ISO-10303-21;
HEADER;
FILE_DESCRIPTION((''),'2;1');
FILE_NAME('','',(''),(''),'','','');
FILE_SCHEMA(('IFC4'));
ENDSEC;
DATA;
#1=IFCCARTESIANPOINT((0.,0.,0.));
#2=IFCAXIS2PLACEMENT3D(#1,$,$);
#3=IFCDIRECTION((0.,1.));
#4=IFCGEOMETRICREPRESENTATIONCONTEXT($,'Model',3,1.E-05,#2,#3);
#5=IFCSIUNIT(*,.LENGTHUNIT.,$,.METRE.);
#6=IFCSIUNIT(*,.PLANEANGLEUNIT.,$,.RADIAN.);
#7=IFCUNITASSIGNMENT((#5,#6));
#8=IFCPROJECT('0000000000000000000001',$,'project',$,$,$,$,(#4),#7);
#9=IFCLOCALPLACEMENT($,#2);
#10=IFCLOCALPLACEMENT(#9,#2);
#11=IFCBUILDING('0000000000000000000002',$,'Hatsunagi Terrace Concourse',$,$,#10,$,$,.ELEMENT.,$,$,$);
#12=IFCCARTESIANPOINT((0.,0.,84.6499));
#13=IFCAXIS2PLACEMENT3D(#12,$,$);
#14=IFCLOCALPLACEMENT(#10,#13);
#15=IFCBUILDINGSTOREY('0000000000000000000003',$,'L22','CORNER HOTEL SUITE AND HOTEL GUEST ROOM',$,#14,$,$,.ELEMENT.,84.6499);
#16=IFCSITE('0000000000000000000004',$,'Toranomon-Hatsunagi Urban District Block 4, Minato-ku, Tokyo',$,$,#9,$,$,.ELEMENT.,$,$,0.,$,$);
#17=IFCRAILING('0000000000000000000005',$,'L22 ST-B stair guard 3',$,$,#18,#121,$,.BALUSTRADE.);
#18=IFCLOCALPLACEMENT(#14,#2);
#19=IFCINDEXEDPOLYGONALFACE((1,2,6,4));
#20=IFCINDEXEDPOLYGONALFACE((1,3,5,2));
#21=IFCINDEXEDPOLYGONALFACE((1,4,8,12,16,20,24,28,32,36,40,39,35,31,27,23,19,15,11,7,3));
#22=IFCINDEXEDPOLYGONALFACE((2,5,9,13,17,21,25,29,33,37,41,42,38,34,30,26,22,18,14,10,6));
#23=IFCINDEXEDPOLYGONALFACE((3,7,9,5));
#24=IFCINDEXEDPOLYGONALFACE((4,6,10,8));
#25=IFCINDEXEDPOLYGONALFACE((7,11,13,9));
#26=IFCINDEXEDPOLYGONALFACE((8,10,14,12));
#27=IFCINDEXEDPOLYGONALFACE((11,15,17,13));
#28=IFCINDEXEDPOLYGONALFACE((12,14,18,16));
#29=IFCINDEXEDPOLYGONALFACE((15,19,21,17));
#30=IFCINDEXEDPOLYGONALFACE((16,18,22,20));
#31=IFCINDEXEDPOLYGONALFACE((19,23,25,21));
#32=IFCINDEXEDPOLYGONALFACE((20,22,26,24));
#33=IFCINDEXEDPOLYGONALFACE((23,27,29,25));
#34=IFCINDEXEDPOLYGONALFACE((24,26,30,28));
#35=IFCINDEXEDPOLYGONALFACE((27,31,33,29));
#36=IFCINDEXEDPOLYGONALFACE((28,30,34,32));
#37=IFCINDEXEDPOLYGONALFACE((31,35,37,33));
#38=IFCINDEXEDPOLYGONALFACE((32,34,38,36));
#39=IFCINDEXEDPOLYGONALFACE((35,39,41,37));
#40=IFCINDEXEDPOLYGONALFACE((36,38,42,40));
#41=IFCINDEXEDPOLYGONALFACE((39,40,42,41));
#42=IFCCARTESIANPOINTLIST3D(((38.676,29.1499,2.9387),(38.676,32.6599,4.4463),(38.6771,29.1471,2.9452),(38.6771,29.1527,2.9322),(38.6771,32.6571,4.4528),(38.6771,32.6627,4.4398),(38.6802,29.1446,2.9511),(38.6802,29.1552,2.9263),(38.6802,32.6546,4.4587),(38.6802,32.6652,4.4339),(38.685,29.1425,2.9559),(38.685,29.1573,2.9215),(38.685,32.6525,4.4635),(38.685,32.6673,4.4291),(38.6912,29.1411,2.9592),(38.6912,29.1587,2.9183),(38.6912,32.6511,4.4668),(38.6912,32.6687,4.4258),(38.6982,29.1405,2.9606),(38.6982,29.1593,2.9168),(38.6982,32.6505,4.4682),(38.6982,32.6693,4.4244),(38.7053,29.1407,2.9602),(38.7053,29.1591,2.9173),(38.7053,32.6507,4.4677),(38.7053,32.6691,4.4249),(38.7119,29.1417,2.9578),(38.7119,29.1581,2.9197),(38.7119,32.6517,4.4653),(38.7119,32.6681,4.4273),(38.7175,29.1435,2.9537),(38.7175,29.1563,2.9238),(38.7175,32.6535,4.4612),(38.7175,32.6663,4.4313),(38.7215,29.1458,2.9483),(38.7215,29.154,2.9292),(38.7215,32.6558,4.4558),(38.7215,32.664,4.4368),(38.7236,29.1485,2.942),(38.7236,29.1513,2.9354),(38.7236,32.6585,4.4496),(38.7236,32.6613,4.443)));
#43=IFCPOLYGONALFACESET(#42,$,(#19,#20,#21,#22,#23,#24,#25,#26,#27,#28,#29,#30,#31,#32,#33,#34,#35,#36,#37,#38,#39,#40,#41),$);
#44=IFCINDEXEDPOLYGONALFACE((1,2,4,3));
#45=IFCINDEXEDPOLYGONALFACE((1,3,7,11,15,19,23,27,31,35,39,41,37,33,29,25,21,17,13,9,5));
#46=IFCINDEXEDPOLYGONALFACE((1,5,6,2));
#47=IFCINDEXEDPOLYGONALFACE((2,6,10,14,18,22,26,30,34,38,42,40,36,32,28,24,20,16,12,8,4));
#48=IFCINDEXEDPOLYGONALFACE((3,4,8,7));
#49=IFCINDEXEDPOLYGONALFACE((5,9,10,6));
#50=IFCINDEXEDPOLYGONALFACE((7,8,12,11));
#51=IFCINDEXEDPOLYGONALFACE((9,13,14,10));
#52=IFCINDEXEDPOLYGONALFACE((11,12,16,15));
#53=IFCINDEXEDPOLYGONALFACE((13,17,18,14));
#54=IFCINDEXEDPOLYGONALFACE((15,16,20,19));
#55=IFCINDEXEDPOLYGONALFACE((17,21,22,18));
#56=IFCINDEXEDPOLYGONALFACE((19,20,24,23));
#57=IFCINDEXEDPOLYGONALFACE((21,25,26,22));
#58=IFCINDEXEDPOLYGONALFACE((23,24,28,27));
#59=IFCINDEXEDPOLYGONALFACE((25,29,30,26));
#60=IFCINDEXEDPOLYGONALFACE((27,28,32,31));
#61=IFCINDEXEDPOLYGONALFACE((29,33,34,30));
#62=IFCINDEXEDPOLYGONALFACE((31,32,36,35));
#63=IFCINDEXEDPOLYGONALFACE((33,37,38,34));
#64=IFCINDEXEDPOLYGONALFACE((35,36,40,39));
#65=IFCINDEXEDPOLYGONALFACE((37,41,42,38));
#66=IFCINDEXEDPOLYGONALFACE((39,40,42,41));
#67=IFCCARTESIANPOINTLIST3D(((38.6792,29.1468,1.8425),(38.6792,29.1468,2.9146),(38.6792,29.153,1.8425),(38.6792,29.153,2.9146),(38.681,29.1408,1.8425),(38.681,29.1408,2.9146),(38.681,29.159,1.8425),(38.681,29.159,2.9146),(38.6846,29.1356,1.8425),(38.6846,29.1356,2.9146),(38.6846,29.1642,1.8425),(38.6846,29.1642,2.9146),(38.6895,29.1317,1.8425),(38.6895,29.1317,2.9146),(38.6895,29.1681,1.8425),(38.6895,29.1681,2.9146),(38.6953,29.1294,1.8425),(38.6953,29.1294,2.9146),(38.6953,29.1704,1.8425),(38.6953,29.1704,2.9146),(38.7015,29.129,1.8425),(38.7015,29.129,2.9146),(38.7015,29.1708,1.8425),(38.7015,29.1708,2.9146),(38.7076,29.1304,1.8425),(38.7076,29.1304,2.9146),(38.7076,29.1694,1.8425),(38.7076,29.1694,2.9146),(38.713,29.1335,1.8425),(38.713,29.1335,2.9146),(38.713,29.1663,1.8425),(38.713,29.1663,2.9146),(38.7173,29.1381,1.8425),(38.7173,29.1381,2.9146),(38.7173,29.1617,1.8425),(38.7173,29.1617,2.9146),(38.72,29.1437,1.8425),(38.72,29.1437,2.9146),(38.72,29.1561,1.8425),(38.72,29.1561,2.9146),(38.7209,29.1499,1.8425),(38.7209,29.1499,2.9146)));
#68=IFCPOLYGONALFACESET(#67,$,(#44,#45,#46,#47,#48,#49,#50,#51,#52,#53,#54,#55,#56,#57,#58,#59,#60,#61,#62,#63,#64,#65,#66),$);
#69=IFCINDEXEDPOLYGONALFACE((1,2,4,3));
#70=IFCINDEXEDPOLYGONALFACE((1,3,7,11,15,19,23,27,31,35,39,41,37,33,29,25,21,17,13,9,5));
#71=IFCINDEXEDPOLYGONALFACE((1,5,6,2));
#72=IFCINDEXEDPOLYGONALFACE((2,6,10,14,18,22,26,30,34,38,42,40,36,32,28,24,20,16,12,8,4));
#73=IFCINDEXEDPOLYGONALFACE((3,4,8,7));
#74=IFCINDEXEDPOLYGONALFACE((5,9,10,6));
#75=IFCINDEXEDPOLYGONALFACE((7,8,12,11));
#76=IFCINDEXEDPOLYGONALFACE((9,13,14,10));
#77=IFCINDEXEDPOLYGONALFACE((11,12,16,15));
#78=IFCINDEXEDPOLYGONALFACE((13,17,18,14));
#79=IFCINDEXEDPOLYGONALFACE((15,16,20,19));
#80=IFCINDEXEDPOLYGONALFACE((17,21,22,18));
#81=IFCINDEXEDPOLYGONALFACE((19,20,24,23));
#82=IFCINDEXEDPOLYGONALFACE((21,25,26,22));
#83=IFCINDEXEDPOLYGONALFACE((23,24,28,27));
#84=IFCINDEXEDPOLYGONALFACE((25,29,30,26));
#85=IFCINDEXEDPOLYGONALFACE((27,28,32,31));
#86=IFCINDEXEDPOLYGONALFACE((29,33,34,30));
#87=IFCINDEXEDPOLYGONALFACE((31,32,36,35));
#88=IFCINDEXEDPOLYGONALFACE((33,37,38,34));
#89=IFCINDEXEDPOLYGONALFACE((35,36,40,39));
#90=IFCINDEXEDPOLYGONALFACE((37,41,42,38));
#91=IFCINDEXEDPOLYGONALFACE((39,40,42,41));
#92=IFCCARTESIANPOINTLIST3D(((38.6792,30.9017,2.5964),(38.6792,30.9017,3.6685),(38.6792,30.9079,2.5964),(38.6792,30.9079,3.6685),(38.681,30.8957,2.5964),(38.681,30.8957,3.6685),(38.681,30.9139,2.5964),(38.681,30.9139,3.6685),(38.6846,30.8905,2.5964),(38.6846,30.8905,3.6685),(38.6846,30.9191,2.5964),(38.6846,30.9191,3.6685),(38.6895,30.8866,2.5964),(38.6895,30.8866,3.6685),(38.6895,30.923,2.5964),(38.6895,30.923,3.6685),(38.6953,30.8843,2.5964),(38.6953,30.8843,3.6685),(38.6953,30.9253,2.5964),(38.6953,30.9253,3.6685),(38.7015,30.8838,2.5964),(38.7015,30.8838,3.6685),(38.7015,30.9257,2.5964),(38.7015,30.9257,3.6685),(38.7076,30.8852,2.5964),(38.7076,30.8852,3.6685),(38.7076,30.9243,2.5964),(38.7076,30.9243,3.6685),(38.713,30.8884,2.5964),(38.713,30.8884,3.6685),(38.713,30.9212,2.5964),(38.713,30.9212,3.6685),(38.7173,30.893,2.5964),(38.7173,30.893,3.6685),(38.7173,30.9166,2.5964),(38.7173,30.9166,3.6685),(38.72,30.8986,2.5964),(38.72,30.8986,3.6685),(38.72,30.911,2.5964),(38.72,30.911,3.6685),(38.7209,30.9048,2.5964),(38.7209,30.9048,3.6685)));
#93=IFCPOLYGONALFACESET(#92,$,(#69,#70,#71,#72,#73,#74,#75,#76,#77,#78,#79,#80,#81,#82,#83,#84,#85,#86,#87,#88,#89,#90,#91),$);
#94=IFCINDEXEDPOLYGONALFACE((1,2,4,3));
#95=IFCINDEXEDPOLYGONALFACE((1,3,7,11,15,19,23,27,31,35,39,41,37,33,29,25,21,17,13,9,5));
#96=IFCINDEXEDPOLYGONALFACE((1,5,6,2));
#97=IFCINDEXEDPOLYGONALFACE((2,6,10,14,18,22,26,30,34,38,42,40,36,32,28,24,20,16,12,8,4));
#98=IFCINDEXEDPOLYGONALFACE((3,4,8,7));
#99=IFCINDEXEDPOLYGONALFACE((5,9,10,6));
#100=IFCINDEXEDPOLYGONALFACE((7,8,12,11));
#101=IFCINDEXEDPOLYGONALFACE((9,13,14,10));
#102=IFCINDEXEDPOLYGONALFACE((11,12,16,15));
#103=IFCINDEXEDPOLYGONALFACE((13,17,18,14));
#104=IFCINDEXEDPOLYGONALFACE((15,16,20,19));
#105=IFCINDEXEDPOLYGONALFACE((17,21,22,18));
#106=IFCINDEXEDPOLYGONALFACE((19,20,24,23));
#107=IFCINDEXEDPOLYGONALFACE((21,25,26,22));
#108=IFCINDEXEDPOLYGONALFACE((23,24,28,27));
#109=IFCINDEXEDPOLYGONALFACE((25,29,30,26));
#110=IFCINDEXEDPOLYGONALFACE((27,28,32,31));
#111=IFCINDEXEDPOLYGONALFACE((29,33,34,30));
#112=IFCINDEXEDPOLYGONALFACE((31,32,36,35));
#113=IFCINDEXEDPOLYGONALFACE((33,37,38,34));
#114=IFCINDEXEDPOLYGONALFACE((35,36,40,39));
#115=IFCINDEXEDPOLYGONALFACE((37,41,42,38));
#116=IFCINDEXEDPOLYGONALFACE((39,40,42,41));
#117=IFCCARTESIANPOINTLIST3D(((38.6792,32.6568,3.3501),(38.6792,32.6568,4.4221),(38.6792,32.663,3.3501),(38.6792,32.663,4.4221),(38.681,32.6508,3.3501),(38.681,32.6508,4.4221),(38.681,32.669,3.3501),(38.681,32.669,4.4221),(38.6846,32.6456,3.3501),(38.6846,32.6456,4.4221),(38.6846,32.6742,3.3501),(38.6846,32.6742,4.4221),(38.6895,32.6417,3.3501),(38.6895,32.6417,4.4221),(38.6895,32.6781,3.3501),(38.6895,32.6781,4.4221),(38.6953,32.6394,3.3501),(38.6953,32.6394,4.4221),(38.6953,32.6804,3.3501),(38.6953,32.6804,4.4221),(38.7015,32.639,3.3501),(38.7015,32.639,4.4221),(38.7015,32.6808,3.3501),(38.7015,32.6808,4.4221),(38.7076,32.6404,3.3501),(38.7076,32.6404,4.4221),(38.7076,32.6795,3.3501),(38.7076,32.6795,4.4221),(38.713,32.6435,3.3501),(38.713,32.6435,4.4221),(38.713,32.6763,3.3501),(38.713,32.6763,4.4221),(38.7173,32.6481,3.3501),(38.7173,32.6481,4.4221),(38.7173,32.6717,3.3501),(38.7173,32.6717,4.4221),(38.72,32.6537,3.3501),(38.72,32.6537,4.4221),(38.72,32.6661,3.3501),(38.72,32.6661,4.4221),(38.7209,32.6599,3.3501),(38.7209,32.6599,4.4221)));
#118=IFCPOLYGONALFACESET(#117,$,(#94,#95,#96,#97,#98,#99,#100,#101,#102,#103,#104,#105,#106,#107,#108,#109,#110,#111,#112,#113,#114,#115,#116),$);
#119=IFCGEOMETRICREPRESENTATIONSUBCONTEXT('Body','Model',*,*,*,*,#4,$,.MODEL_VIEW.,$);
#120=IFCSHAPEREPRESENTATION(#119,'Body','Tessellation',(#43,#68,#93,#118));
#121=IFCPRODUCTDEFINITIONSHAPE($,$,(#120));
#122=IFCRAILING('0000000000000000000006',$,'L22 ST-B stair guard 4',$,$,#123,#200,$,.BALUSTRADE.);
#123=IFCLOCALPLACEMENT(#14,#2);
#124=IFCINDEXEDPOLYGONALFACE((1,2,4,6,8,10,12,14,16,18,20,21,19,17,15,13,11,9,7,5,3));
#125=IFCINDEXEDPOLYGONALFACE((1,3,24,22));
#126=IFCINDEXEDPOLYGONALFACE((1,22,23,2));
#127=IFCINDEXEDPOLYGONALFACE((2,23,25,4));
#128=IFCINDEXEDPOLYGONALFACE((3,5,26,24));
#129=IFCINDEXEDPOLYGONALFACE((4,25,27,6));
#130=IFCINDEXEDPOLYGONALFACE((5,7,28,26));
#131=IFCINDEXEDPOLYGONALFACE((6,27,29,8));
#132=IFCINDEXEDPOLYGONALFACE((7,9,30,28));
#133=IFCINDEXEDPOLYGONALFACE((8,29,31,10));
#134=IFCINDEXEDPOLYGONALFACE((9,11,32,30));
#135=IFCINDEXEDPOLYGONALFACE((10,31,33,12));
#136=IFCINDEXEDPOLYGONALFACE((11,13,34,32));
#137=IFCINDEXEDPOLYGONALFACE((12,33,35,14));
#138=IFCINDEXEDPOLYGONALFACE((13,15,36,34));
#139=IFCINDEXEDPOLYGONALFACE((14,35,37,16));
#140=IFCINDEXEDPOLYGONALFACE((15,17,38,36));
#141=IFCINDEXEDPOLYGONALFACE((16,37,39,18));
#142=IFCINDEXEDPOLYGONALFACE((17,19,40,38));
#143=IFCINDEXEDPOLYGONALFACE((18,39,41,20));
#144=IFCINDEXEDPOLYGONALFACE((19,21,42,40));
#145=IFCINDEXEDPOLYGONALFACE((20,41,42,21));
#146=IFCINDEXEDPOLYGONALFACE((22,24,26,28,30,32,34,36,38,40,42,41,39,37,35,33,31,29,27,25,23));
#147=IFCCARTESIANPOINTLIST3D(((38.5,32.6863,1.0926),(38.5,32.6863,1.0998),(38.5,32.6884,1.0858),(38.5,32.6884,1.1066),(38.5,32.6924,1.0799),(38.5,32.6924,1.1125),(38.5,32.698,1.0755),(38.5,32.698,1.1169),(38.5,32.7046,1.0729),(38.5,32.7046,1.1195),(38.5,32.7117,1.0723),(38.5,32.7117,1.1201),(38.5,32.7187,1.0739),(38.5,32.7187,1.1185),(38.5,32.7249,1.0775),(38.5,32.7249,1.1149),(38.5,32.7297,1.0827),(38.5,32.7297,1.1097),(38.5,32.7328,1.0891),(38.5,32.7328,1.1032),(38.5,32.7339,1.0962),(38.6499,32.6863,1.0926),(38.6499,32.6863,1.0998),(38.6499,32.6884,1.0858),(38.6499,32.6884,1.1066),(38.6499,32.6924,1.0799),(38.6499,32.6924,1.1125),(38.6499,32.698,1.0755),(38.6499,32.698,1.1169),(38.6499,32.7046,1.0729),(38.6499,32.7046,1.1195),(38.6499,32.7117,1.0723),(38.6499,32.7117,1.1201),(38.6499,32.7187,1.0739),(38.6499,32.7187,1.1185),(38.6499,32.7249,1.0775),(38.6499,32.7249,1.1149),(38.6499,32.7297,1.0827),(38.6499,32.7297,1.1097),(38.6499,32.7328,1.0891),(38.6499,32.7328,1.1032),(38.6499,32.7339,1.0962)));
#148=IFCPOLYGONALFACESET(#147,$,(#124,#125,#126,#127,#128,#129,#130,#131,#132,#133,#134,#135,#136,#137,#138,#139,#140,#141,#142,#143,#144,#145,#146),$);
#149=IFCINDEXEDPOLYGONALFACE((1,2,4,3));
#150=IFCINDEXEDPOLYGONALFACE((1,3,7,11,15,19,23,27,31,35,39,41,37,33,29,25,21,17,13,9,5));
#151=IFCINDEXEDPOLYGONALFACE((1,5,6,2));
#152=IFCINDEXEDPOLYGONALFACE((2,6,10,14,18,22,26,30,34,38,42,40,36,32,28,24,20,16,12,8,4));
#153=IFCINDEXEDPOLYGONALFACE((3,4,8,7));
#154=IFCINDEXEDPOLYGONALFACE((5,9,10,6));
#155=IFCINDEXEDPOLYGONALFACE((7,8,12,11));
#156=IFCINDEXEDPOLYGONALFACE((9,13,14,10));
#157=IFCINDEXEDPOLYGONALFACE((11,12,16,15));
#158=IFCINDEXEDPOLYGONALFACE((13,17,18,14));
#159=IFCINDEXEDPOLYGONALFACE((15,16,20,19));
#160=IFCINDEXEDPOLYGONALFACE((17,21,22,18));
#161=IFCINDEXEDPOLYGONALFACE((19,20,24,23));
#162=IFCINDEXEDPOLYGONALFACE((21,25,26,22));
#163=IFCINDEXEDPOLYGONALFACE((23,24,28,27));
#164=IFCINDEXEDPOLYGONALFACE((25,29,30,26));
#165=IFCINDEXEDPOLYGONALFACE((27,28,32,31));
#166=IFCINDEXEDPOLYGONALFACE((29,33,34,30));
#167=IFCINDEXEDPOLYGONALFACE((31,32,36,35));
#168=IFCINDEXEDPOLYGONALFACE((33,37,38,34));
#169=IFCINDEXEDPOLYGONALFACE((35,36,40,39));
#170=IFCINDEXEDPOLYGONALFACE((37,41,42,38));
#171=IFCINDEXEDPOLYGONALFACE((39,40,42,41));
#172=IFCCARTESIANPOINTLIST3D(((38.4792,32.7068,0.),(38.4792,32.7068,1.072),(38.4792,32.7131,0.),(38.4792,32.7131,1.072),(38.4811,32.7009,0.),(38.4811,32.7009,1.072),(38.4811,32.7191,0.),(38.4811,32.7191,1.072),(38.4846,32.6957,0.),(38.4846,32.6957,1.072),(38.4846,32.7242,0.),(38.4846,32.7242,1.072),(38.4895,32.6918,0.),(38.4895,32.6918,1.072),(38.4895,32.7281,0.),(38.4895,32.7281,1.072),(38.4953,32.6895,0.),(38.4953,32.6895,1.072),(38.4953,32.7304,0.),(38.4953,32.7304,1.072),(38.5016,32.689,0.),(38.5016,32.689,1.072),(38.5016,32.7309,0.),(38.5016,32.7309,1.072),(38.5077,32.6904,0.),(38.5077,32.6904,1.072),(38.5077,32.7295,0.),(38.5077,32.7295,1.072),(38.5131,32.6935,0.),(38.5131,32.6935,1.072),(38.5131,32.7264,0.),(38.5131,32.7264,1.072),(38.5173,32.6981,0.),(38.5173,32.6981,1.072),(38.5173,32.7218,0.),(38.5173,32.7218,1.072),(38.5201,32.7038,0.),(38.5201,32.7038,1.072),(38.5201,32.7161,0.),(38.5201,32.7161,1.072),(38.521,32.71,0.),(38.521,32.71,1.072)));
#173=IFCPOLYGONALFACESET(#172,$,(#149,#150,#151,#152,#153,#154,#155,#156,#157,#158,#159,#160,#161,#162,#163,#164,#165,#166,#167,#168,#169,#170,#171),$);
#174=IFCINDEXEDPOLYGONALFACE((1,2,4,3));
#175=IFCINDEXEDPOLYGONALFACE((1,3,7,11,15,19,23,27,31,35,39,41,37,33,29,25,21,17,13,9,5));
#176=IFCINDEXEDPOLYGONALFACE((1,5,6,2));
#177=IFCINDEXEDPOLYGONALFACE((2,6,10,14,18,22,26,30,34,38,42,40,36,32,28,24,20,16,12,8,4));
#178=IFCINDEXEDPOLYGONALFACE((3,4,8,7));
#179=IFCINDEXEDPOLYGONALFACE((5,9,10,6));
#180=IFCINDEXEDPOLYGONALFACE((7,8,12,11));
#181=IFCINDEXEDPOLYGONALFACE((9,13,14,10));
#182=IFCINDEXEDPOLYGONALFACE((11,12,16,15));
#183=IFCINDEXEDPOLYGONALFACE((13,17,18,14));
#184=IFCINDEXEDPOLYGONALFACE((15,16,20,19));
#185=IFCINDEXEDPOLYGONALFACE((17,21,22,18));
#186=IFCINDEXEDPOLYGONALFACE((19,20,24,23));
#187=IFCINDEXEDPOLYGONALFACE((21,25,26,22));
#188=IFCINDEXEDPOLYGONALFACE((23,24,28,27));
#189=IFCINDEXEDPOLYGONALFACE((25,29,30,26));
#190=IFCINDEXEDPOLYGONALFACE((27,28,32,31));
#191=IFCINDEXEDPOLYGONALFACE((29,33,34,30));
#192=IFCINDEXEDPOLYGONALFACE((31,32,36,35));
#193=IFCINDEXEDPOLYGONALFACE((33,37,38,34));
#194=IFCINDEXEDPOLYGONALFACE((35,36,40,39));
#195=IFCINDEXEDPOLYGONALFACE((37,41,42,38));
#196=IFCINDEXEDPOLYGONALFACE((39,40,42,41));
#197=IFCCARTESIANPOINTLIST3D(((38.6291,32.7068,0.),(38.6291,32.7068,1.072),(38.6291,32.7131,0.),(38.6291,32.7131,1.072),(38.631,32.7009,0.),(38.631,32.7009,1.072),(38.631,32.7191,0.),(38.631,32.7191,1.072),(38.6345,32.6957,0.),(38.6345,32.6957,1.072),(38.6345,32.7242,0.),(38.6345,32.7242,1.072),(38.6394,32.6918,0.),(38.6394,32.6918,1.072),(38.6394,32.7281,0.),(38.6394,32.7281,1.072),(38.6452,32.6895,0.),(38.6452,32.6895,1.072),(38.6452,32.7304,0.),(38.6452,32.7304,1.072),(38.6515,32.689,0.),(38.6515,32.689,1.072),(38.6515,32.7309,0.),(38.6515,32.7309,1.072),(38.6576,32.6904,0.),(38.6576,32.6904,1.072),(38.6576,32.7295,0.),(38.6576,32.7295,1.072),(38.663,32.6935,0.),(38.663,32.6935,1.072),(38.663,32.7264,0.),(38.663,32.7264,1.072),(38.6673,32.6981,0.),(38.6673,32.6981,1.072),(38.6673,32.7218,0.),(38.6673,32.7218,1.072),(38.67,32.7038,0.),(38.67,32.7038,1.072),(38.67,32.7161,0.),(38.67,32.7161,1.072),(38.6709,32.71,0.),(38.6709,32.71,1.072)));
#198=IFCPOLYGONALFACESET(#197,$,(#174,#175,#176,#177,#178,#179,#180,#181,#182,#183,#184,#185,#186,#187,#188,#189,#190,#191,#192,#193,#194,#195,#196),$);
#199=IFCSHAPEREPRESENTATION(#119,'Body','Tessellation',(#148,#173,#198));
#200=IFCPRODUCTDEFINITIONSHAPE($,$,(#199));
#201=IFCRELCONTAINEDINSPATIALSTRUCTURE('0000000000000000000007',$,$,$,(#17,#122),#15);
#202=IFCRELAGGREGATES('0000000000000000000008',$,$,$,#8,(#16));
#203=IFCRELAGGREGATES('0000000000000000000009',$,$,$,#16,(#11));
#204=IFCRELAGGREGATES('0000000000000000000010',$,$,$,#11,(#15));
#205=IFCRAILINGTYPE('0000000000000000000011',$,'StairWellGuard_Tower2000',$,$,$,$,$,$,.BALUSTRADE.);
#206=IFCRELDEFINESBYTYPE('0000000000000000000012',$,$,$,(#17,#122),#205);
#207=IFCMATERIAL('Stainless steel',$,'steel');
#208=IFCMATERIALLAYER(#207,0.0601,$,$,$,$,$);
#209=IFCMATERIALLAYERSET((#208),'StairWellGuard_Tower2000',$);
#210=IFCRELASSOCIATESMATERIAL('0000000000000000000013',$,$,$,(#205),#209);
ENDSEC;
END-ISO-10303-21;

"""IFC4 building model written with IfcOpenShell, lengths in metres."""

from ifc_helpers import new_model, si_unit, direction, frame, origin, origin_2d, place, context, subcontext, project, spatial, circle, extrude, material, layer, layer_set, type_object, element, save


model = new_model("IFC4")

# Units and contexts
model_context = context("Model", 3, precision=1e-05, world=origin(), true_north=direction((0.0, 1.0)))
body_context = subcontext(model_context, "Body", "Model", "MODEL_VIEW")
ifc_project = project(units=[si_unit("LENGTHUNIT", "METRE"), si_unit("PLANEANGLEUNIT", "RADIAN")], contexts=[model_context])

# Site, building, storey
site_placement = place(None, origin())
site = spatial("IfcSite", under=ifc_project, at=site_placement, Name="Toranomon-Hatsunagi Urban District Block 4, Minato-ku, Tokyo", CompositionType="ELEMENT", RefElevation=0.0)
building_placement = place(site_placement, origin())
building = spatial("IfcBuilding", under=site, at=building_placement, Name="Hatsunagi Terrace Concourse", CompositionType="ELEMENT")
storey_placement = place(building_placement, frame((0.0, 0.0, 84.6499)))
storey = spatial("IfcBuildingStorey", under=building, at=storey_placement, Name="L22", Description="CORNER HOTEL SUITE AND HOTEL GUEST ROOM", CompositionType="ELEMENT", Elevation=84.6499)

# Railings
ifc_material_1 = material(Name="Stainless steel", Category="steel")
ifc_layer_1 = layer(ifc_material_1, 0.0601)
ifc_layer_set_1 = layer_set([ifc_layer_1], Name="StairWellGuard_Tower2000")
railing_type_1 = type_object("IfcRailingType", Name="StairWellGuard_Tower2000", PredefinedType="BALUSTRADE", material=ifc_layer_set_1)
railing_1_placement = place(storey_placement, frame((38.7, 29.1499, 1.8425)))
element("IfcRailing", 1, at=railing_1_placement, inside=storey, type_object=railing_type_1, Name="L22 ST-B stair guard 3", PredefinedType="BALUSTRADE", context=body_context, shape_type="SweptSolid", body=[
    extrude(circle(Radius=0.0239, at=origin_2d()), frame((0.0, 0.0, 1.0962), z_axis=(0.0, 0.918834, 0.394644), x_axis=(-1.0, 0.0, 0.0)), (0.0, 0.0, 1.0), 3.8201),
    extrude(circle(Radius=0.021, at=origin_2d()), origin(), (0.0, 0.0, 1.0), 1.072),
    extrude(circle(Radius=0.021, at=origin_2d()), frame((0.0, 1.7549, 0.7539)), (0.0, 0.0, 1.0), 1.072),
    extrude(circle(Radius=0.021, at=origin_2d()), frame((0.0, 3.51, 1.5076)), (0.0, 0.0, 1.0), 1.072),
])
railing_2_placement = place(storey_placement, frame((38.5, 32.71, 0.0)))
element("IfcRailing", 2, at=railing_2_placement, inside=storey, type_object=railing_type_1, Name="L22 ST-B stair guard 4", PredefinedType="BALUSTRADE", context=body_context, shape_type="SweptSolid", body=[
    extrude(circle(Radius=0.0239, at=origin_2d()), frame((0.0, 0.0, 1.0962), z_axis=(1.0, 0.0, 0.0), x_axis=(0.0, 1.0, 0.0)), (0.0, 0.0, 1.0), 0.1499),
    extrude(circle(Radius=0.021, at=origin_2d()), origin(), (0.0, 0.0, 1.0), 1.072),
    extrude(circle(Radius=0.021, at=origin_2d()), frame((0.1499, 0.0, 0.0)), (0.0, 0.0, 1.0), 1.072),
])

save(model, "model.ifc")
